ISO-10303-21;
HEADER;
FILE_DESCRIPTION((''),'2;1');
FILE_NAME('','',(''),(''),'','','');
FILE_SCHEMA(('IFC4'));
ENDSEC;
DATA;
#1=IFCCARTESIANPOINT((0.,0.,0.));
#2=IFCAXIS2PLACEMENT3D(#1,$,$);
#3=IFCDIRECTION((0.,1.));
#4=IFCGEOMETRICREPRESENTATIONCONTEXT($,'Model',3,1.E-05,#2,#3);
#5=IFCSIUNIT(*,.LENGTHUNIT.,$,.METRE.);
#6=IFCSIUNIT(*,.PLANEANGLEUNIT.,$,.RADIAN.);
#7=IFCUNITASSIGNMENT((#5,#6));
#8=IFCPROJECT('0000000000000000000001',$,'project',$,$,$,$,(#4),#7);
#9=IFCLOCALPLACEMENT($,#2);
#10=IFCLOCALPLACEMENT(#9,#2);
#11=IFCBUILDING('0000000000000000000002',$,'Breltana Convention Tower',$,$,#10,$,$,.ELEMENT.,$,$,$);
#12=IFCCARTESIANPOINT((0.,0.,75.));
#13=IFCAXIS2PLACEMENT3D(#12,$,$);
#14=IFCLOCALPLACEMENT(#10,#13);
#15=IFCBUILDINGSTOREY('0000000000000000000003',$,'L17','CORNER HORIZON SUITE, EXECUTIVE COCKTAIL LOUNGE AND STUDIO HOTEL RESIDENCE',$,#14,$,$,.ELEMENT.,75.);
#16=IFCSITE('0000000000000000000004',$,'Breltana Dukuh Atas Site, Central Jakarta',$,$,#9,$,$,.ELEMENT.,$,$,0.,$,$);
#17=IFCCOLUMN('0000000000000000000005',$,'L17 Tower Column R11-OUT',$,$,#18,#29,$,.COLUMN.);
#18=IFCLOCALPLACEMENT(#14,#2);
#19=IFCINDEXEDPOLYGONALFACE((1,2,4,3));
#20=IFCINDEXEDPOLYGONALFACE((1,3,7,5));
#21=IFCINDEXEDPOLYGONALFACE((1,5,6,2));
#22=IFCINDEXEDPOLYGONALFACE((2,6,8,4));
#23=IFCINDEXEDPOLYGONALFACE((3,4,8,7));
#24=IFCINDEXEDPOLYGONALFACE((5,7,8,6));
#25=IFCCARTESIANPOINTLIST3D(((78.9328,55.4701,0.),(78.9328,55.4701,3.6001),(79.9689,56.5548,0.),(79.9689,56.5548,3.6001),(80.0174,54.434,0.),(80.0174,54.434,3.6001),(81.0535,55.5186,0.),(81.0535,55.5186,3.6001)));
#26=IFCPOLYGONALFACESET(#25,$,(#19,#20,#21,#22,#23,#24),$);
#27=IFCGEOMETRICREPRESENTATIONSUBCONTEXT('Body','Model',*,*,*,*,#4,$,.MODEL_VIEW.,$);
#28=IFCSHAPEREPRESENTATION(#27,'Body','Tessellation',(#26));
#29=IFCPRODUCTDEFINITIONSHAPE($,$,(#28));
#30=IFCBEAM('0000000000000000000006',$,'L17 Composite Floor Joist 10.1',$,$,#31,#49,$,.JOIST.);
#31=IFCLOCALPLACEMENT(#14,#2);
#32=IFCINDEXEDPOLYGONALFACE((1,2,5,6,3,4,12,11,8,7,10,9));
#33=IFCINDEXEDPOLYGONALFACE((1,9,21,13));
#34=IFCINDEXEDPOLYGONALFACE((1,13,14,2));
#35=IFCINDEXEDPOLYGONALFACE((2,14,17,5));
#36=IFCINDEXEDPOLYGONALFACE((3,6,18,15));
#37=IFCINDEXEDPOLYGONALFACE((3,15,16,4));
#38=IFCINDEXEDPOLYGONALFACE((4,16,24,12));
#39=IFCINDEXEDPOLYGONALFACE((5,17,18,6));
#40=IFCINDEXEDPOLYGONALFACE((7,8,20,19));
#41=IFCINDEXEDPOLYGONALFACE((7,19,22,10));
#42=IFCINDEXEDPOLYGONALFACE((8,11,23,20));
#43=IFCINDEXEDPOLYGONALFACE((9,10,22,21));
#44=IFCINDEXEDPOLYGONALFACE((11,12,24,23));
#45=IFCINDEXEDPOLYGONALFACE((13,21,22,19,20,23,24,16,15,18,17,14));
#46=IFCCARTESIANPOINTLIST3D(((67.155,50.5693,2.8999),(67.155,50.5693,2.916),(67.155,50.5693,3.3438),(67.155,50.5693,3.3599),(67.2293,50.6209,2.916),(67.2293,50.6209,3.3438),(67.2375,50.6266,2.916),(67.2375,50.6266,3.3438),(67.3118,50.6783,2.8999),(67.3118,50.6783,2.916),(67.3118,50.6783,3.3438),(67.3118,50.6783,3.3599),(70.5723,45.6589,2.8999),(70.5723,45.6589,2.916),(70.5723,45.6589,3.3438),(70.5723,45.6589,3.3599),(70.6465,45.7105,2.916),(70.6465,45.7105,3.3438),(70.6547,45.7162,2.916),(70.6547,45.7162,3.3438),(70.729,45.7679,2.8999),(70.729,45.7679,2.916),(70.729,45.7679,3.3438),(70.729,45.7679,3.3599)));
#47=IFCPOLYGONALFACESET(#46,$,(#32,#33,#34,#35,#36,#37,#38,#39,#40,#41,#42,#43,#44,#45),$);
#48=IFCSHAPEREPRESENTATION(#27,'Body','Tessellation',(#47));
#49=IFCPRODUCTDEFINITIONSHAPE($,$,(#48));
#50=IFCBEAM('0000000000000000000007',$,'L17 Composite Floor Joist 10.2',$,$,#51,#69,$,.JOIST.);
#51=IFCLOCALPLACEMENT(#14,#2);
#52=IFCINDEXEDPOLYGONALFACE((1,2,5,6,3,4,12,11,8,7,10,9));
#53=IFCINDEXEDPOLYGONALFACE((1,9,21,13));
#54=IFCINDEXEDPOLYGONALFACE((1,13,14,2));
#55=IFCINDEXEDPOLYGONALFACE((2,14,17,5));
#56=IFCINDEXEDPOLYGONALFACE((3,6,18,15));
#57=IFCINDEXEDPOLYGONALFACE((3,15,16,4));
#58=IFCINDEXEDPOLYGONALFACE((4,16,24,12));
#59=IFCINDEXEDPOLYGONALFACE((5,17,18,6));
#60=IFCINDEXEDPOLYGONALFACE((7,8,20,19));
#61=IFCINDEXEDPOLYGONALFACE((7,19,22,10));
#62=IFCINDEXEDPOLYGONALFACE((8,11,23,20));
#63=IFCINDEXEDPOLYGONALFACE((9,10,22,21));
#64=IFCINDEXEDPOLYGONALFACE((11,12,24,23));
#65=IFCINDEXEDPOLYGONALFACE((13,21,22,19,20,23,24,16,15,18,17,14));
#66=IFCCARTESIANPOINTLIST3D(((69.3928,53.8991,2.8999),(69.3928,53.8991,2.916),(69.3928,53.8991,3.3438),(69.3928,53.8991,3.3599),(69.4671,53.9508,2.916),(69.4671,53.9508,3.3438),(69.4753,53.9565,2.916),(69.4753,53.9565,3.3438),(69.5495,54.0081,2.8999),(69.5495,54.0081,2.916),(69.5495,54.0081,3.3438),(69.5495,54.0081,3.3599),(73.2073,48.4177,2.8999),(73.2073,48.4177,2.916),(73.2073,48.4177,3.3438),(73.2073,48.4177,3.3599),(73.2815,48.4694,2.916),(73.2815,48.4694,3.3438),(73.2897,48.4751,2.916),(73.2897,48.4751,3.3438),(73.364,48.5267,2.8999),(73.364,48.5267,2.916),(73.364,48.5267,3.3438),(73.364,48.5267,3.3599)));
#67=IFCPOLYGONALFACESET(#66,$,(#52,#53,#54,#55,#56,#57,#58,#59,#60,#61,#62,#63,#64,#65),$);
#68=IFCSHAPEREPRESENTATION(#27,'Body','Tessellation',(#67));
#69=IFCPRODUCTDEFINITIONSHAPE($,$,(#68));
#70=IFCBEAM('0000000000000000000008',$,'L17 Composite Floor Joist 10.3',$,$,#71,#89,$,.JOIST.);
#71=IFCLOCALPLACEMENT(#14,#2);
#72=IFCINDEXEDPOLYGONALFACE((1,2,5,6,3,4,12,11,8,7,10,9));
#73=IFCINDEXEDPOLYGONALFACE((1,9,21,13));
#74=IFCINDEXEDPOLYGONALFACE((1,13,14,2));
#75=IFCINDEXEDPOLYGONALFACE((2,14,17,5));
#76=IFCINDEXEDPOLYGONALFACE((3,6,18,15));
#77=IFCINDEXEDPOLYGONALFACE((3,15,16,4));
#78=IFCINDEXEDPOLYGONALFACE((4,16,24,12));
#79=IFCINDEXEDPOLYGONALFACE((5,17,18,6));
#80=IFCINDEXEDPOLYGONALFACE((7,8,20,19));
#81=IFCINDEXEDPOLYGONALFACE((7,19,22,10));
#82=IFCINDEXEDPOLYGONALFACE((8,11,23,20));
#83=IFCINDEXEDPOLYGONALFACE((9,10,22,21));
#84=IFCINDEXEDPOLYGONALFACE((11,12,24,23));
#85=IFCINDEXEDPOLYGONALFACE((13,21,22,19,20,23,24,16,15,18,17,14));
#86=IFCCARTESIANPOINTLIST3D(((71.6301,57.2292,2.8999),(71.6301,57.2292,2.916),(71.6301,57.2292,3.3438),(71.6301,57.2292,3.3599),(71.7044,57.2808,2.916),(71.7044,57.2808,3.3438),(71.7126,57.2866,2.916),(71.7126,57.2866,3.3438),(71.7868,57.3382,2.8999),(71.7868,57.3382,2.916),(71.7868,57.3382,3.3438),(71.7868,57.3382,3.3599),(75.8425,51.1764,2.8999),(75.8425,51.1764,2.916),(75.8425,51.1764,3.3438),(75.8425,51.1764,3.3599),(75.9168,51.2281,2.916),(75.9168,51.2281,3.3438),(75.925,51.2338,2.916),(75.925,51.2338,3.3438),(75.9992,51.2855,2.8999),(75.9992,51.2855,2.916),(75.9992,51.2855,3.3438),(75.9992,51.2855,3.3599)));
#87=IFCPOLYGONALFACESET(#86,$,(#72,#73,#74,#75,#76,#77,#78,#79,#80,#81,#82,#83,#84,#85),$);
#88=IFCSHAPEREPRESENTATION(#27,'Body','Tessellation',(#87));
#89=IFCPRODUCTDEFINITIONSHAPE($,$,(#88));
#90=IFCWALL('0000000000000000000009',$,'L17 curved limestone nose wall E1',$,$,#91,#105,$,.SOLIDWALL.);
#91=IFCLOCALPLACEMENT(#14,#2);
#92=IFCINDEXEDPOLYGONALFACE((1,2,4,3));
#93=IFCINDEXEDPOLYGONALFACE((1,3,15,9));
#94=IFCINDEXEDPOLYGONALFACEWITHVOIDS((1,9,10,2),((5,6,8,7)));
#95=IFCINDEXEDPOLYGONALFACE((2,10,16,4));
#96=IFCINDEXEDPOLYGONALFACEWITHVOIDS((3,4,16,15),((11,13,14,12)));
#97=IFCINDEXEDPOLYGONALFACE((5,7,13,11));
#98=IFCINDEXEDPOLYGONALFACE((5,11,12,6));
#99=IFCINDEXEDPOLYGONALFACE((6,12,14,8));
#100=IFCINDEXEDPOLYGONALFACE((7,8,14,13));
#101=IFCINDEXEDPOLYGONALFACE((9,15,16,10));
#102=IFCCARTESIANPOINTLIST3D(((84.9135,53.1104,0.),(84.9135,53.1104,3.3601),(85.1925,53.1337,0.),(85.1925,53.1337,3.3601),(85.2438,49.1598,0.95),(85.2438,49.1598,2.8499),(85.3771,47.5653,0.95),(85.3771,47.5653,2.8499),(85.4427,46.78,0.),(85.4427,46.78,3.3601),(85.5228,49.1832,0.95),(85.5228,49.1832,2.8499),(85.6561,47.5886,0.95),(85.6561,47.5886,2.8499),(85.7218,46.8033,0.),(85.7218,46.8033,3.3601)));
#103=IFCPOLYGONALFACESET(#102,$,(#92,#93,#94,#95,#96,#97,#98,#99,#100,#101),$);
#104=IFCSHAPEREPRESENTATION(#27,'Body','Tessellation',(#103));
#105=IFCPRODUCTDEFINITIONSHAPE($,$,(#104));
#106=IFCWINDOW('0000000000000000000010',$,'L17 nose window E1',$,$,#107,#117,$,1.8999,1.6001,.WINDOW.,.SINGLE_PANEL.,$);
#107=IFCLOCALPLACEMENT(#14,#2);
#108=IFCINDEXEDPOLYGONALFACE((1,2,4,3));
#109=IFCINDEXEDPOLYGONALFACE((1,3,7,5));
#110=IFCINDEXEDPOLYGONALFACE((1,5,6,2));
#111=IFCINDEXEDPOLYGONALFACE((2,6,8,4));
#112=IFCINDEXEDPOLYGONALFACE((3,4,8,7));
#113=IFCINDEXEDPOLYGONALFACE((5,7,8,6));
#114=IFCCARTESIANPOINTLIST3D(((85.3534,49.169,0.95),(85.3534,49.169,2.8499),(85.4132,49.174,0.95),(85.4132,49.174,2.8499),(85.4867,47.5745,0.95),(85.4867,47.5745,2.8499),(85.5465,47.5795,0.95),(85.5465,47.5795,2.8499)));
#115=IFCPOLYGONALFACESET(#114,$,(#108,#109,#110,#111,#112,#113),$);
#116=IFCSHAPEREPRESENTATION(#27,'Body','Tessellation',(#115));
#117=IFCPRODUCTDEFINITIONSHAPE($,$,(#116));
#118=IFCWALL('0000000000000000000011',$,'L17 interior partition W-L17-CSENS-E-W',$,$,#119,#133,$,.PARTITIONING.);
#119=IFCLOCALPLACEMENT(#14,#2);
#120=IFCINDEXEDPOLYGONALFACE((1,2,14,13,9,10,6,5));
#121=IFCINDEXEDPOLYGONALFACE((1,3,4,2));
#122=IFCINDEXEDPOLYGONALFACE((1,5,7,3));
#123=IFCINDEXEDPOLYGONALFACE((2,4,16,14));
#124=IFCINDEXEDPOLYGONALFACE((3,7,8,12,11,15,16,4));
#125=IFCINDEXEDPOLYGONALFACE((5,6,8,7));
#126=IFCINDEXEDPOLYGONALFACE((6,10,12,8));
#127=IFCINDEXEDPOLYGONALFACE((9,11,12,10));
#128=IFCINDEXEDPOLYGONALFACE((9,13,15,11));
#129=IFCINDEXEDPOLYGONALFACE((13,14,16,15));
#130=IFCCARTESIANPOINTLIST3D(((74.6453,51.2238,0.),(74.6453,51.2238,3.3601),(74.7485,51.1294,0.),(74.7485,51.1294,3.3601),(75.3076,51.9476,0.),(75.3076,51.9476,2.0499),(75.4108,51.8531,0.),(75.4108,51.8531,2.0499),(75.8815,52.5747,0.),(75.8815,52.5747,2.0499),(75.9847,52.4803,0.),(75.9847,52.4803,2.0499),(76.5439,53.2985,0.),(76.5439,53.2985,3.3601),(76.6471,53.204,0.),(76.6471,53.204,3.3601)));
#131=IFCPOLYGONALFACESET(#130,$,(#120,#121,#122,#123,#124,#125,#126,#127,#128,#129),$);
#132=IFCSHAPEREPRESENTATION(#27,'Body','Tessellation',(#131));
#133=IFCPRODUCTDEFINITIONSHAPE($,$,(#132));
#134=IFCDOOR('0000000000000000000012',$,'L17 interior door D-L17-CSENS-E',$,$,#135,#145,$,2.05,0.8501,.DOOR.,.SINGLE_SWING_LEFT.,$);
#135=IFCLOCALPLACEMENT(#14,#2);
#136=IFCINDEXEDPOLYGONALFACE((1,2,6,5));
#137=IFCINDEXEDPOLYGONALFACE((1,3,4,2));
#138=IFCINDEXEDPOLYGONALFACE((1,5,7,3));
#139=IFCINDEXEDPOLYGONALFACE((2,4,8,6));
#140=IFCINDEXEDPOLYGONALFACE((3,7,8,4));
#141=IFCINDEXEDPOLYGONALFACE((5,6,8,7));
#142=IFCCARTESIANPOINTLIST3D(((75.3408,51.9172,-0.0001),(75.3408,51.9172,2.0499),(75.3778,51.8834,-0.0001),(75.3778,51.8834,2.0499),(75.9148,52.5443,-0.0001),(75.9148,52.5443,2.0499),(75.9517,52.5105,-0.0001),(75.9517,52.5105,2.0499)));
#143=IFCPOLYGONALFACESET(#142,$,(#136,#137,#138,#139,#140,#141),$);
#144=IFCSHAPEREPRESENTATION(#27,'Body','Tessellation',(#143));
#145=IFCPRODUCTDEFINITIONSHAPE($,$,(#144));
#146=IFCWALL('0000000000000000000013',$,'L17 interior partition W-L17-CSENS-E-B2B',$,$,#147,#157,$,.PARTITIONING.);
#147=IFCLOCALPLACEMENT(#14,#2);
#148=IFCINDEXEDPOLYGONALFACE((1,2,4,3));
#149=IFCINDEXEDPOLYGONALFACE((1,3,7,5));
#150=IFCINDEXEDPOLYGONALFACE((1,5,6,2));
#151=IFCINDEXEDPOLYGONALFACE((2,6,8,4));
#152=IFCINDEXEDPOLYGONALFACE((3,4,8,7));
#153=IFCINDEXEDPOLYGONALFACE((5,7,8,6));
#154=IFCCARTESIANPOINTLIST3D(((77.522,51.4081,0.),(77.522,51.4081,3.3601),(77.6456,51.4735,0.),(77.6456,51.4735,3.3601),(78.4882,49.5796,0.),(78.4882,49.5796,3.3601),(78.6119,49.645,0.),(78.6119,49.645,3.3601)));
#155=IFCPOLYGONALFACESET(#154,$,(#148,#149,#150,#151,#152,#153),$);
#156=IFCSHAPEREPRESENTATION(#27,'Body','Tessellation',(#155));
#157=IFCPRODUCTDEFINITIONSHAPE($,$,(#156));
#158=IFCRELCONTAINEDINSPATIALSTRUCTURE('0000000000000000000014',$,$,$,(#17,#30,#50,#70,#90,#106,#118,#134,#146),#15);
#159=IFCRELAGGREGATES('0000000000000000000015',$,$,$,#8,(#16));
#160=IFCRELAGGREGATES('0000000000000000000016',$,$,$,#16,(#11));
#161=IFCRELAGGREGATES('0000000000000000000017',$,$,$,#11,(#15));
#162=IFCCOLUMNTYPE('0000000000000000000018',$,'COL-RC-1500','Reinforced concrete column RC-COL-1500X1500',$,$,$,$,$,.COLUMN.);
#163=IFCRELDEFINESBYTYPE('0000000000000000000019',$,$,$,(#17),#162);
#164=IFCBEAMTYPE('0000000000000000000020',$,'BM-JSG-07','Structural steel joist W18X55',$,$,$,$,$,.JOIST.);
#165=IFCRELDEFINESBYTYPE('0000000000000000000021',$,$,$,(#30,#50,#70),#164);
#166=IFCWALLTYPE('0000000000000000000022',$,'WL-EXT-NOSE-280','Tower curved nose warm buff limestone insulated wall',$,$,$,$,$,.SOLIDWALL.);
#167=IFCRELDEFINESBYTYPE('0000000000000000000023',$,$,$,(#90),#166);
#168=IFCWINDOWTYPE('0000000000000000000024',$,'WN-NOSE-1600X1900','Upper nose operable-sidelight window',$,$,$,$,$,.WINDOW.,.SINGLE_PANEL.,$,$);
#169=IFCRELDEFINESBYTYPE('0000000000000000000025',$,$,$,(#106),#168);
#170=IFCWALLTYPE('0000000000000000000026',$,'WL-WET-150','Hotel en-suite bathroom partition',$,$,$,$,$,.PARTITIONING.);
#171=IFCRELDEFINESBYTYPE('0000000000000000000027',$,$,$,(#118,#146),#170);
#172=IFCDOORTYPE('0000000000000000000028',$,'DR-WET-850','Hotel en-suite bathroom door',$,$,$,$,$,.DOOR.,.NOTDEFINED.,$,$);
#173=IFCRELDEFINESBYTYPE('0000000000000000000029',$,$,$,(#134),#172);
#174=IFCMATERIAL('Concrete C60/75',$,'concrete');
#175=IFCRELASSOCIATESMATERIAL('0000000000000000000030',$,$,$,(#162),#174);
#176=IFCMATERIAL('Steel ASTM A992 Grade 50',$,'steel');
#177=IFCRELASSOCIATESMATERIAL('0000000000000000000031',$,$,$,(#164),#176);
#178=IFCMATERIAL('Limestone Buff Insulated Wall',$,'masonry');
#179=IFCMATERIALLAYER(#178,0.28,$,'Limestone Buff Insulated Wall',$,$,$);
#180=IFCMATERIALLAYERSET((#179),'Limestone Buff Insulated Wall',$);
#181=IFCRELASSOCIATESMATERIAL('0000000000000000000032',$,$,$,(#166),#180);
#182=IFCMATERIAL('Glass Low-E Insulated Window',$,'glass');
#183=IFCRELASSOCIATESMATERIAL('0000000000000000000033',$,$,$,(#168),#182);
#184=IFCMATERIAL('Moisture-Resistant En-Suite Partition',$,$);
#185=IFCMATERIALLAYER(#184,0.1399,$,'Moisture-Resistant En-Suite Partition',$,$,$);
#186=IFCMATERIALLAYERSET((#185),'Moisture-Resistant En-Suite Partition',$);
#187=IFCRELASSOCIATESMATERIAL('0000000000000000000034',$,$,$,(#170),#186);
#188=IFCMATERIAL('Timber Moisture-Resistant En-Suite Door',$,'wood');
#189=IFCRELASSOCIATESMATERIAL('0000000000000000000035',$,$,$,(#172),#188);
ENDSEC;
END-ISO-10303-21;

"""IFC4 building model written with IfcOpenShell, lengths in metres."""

from ifc_helpers import new_model, si_unit, direction, frame, frame_2d, origin, origin_2d, place, context, subcontext, project, spatial, rectangle, i_section, extrude, source, transform, mapped, material, layer, layer_set, material_profile, profile_set, type_object, type_shapes, element, fill, save


model = new_model("IFC4")

# Units and contexts
model_context = context("Model", 3, precision=1e-05, world=origin(), true_north=direction((0.0, 1.0)))
body_context = subcontext(model_context, "Body", "Model", "MODEL_VIEW")
ifc_project = project(units=[si_unit("LENGTHUNIT", "METRE"), si_unit("PLANEANGLEUNIT", "RADIAN")], contexts=[model_context])

# Site, building, storey
site_placement = place(None, origin())
site = spatial("IfcSite", under=ifc_project, at=site_placement, Name="Breltana Dukuh Atas Site, Central Jakarta", CompositionType="ELEMENT", RefElevation=0.0)
building_placement = place(site_placement, origin())
building = spatial("IfcBuilding", under=site, at=building_placement, Name="Breltana Convention Tower", CompositionType="ELEMENT")
storey_placement = place(building_placement, frame((0.0, 0.0, 75.0)))
storey = spatial("IfcBuildingStorey", under=building, at=storey_placement, Name="L17", Description="CORNER HORIZON SUITE, EXECUTIVE COCKTAIL LOUNGE AND STUDIO HOTEL RESIDENCE", CompositionType="ELEMENT", Elevation=75.0)

# Column
ifc_material_1 = material(Name="Concrete C60/75", Category="concrete")
ifc_material_profile_1 = material_profile(ifc_material_1, rectangle(XDim=1.5, YDim=1.5, at=origin_2d()), Name="RC-COL-1500X1500")
ifc_profile_set_1 = profile_set([ifc_material_profile_1], Name="Concrete C60/75")
column_type = type_object("IfcColumnType", Name="COL-RC-1500", Description="Reinforced concrete column RC-COL-1500X1500", PredefinedType="COLUMN", material=ifc_profile_set_1)
shared_shape_1 = source(origin(), body_context, "Body", "SweptSolid", [
    extrude(rectangle(XDim=1.5, YDim=1.5, at=origin_2d()), origin(), (0.0, 0.0, 1.0), 3.6001),
])
column_placement = place(storey_placement, frame((79.9932, 55.4944, 0.0), z_axis=(0.0, 0.0, 1.0), x_axis=(0.690756, 0.723088, 0.0)))
element("IfcColumn", 1, at=column_placement, inside=storey, type_object=column_type, Name="L17 Tower Column R11-OUT", PredefinedType="COLUMN", context=body_context, shape_type="MappedRepresentation", body=[
    mapped(shared_shape_1, transform((0.0, 0.0, 0.0), scale=1.0)),
])

# Beams
ifc_material_2 = material(Name="Steel ASTM A992 Grade 50", Category="steel")
ifc_material_profile_2 = material_profile(ifc_material_2, i_section(OverallWidth=0.1909, OverallDepth=0.46, WebThickness=0.01, FlangeThickness=0.0161, at=origin_2d()), Name="W18X55")
ifc_profile_set_2 = profile_set([ifc_material_profile_2], Name="Steel ASTM A992 Grade 50")
beam_type = type_object("IfcBeamType", Name="BM-JSG-07", Description="Structural steel joist W18X55", PredefinedType="JOIST", material=ifc_profile_set_2)
shared_shape_2 = source(origin(), body_context, "Body", "SweptSolid", [
    extrude(i_section(OverallWidth=0.1909, OverallDepth=0.46, WebThickness=0.01, FlangeThickness=0.0161, at=origin_2d()), origin(), (0.0, 0.0, 1.0), 5.9824),
])
beam_1_placement = place(storey_placement, frame((67.2334, 50.6238, 3.1299), z_axis=(0.571212, -0.820803, 0.0), x_axis=(0.820803, 0.571212, 0.0)))
element("IfcBeam", 2, at=beam_1_placement, inside=storey, type_object=beam_type, Name="L17 Composite Floor Joist 10.1", PredefinedType="JOIST", context=body_context, shape_type="MappedRepresentation", body=[
    mapped(shared_shape_2, transform((0.0, 0.0, 0.0), scale=1.0)),
])
shared_shape_3 = source(origin(), body_context, "Body", "SweptSolid", [
    extrude(i_section(OverallWidth=0.1909, OverallDepth=0.46, WebThickness=0.01, FlangeThickness=0.0161, at=origin_2d()), origin(), (0.0, 0.0, 1.0), 6.678),
])
beam_2_placement = place(storey_placement, frame((69.4712, 53.9536, 3.1299), z_axis=(0.571193, -0.820816, 0.0), x_axis=(0.820816, 0.571193, 0.0)))
element("IfcBeam", 3, at=beam_2_placement, inside=storey, type_object=beam_type, Name="L17 Composite Floor Joist 10.2", PredefinedType="JOIST", context=body_context, shape_type="MappedRepresentation", body=[
    mapped(shared_shape_3, transform((0.0, 0.0, 0.0), scale=1.0)),
])
shared_shape_4 = source(origin(), body_context, "Body", "SweptSolid", [
    extrude(i_section(OverallWidth=0.1909, OverallDepth=0.46, WebThickness=0.01, FlangeThickness=0.0161, at=origin_2d()), origin(), (0.0, 0.0, 1.0), 7.3743),
])
beam_3_placement = place(storey_placement, frame((71.7085, 57.2837, 3.1299), z_axis=(0.571229, -0.82079, 0.0), x_axis=(0.82079, 0.571229, 0.0)))
element("IfcBeam", 4, at=beam_3_placement, inside=storey, type_object=beam_type, Name="L17 Composite Floor Joist 10.3", PredefinedType="JOIST", context=body_context, shape_type="MappedRepresentation", body=[
    mapped(shared_shape_4, transform((0.0, 0.0, 0.0), scale=1.0)),
])

# Wall, opening, window
ifc_material_3 = material(Name="Limestone Buff Insulated Wall", Category="masonry")
ifc_layer_1 = layer(ifc_material_3, 0.28, Name="Limestone Buff Insulated Wall")
ifc_layer_set_1 = layer_set([ifc_layer_1], Name="Limestone Buff Insulated Wall")
wall_type_1 = type_object("IfcWallType", Name="WL-EXT-NOSE-280", Description="Tower curved nose warm buff limestone insulated wall", PredefinedType="SOLIDWALL", material=ifc_layer_set_1)
shared_shape_5 = source(origin(), body_context, "Body", "SweptSolid", [
    extrude(rectangle(XDim=6.3525, YDim=0.28, at=frame_2d((3.1763, 0.0))), origin(), (0.0, 0.0, 1.0), 3.3601),
])
wall_1_placement = place(storey_placement, frame((85.053, 53.1221, 0.0), z_axis=(0.0, 0.0, 1.0), x_axis=(0.083319, -0.996523, 0.0)))
wall_1 = element("IfcWall", 5, at=wall_1_placement, inside=storey, type_object=wall_type_1, Name="L17 curved limestone nose wall E1", PredefinedType="SOLIDWALL", context=body_context, shape_type="MappedRepresentation", body=[
    mapped(shared_shape_5, transform((0.0, 0.0, 0.0), scale=1.0)),
])
opening_1_placement = place(wall_1_placement, frame((3.9644, 0.0, 0.95)))
opening_1 = element("IfcOpeningElement", 6, at=opening_1_placement, cuts=wall_1, PredefinedType="OPENING", context=body_context, shape_type="SweptSolid", body=[
    extrude(rectangle(XDim=1.6001, YDim=1.8999, at=frame_2d((0.8, 0.95))), frame((0.0, 0.1499, 0.0), z_axis=(0.0, -1.0, 0.0), x_axis=(1.0, 0.0, 0.0)), (0.0, 0.0, 1.0), 0.3),
])
ifc_material_4 = material(Name="Glass Low-E Insulated Window", Category="glass")
window_type = type_object("IfcWindowType", Name="WN-NOSE-1600X1900", Description="Upper nose operable-sidelight window", PartitioningType="SINGLE_PANEL", PredefinedType="WINDOW", material=ifc_material_4)
shared_shape_6 = source(origin(), body_context, "Body", "SweptSolid", [
    extrude(rectangle(XDim=1.6001, YDim=1.8999, at=frame_2d((0.8, 0.95))), frame((0.0, 0.03, 0.0), z_axis=(0.0, -1.0, 0.0), x_axis=(1.0, 0.0, 0.0)), (0.0, 0.0, 1.0), 0.0601),
])
type_shapes(window_type, [shared_shape_6])
window_placement = place(opening_1_placement, origin())
window = element("IfcWindow", 7, at=window_placement, inside=storey, type_object=window_type, Name="L17 nose window E1", OverallHeight=1.8999, OverallWidth=1.6001, PartitioningType="SINGLE_PANEL", PredefinedType="WINDOW", context=body_context, shape_type="MappedRepresentation", body=[
    mapped(shared_shape_6, transform((0.0, 0.0, 0.0), scale=1.0)),
])
fill(opening_1, window)

# Wall, opening, door
ifc_material_5 = material(Name="Moisture-Resistant En-Suite Partition")
ifc_layer_2 = layer(ifc_material_5, 0.1399, Name="Moisture-Resistant En-Suite Partition")
ifc_layer_set_2 = layer_set([ifc_layer_2], Name="Moisture-Resistant En-Suite Partition")
wall_type_2 = type_object("IfcWallType", Name="WL-WET-150", Description="Hotel en-suite bathroom partition", PredefinedType="PARTITIONING", material=ifc_layer_set_2)
shared_shape_7 = source(origin(), body_context, "Body", "SweptSolid", [
    extrude(rectangle(XDim=2.8123, YDim=0.1399, at=frame_2d((1.4062, 0.0))), origin(), (0.0, 0.0, 1.0), 3.3601),
])
wall_2_placement = place(storey_placement, frame((74.6968, 51.1765, 0.0), z_axis=(0.0, 0.0, 1.0), x_axis=(0.675119, 0.737709, 0.0)))
wall_2 = element("IfcWall", 8, at=wall_2_placement, inside=storey, type_object=wall_type_2, Name="L17 interior partition W-L17-CSENS-E-W", PredefinedType="PARTITIONING", context=body_context, shape_type="MappedRepresentation", body=[
    mapped(shared_shape_7, transform((0.0, 0.0, 0.0), scale=1.0)),
])
opening_2_placement = place(wall_2_placement, frame((0.9812, 0.0, 0.0)))
opening_2 = element("IfcOpeningElement", 9, at=opening_2_placement, cuts=wall_2, PredefinedType="OPENING", context=body_context, shape_type="SweptSolid", body=[
    extrude(rectangle(XDim=0.8501, YDim=2.05, at=frame_2d((0.425, 1.0249))), frame((0.0, 0.0801, 0.0), z_axis=(0.0, -1.0, 0.0), x_axis=(1.0, 0.0, 0.0)), (0.0, 0.0, 1.0), 0.1599),
])
ifc_material_6 = material(Name="Timber Moisture-Resistant En-Suite Door", Category="wood")
door_type_1 = type_object("IfcDoorType", Name="DR-WET-850", Description="Hotel en-suite bathroom door", OperationType="NOTDEFINED", PredefinedType="DOOR", material=ifc_material_6)
shared_shape_8 = source(origin(), body_context, "Body", "SweptSolid", [
    extrude(rectangle(XDim=0.8501, YDim=2.05, at=frame_2d((0.425, 1.0249))), frame((0.0, 0.0249, 0.0), z_axis=(0.0, -1.0, 0.0), x_axis=(1.0, 0.0, 0.0)), (0.0, 0.0, 1.0), 0.05),
])
type_shapes(door_type_1, [shared_shape_8])
door_1_placement = place(opening_2_placement, origin())
door_1 = element("IfcDoor", 10, at=door_1_placement, inside=storey, type_object=door_type_1, Name="L17 interior door D-L17-CSENS-E", OperationType="SINGLE_SWING_LEFT", OverallHeight=2.05, OverallWidth=0.8501, PredefinedType="DOOR", context=body_context, shape_type="MappedRepresentation", body=[
    mapped(shared_shape_8, transform((0.0, 0.0, 0.0), scale=1.0)),
])
fill(opening_2, door_1)

# Wall
shared_shape_9 = source(origin(), body_context, "Body", "SweptSolid", [
    extrude(rectangle(XDim=2.0681, YDim=0.1399, at=frame_2d((1.0342, 0.0))), origin(), (0.0, 0.0, 1.0), 3.3601),
])
wall_3_placement = place(storey_placement, frame((77.5837, 51.4409, 0.0), z_axis=(0.0, 0.0, 1.0), x_axis=(0.467215, -0.884144, 0.0)))
element("IfcWall", 11, at=wall_3_placement, inside=storey, type_object=wall_type_2, Name="L17 interior partition W-L17-CSENS-E-B2B", PredefinedType="PARTITIONING", context=body_context, shape_type="MappedRepresentation", body=[
    mapped(shared_shape_9, transform((0.0, 0.0, 0.0), scale=1.0)),
])

save(model, "model.ifc")
